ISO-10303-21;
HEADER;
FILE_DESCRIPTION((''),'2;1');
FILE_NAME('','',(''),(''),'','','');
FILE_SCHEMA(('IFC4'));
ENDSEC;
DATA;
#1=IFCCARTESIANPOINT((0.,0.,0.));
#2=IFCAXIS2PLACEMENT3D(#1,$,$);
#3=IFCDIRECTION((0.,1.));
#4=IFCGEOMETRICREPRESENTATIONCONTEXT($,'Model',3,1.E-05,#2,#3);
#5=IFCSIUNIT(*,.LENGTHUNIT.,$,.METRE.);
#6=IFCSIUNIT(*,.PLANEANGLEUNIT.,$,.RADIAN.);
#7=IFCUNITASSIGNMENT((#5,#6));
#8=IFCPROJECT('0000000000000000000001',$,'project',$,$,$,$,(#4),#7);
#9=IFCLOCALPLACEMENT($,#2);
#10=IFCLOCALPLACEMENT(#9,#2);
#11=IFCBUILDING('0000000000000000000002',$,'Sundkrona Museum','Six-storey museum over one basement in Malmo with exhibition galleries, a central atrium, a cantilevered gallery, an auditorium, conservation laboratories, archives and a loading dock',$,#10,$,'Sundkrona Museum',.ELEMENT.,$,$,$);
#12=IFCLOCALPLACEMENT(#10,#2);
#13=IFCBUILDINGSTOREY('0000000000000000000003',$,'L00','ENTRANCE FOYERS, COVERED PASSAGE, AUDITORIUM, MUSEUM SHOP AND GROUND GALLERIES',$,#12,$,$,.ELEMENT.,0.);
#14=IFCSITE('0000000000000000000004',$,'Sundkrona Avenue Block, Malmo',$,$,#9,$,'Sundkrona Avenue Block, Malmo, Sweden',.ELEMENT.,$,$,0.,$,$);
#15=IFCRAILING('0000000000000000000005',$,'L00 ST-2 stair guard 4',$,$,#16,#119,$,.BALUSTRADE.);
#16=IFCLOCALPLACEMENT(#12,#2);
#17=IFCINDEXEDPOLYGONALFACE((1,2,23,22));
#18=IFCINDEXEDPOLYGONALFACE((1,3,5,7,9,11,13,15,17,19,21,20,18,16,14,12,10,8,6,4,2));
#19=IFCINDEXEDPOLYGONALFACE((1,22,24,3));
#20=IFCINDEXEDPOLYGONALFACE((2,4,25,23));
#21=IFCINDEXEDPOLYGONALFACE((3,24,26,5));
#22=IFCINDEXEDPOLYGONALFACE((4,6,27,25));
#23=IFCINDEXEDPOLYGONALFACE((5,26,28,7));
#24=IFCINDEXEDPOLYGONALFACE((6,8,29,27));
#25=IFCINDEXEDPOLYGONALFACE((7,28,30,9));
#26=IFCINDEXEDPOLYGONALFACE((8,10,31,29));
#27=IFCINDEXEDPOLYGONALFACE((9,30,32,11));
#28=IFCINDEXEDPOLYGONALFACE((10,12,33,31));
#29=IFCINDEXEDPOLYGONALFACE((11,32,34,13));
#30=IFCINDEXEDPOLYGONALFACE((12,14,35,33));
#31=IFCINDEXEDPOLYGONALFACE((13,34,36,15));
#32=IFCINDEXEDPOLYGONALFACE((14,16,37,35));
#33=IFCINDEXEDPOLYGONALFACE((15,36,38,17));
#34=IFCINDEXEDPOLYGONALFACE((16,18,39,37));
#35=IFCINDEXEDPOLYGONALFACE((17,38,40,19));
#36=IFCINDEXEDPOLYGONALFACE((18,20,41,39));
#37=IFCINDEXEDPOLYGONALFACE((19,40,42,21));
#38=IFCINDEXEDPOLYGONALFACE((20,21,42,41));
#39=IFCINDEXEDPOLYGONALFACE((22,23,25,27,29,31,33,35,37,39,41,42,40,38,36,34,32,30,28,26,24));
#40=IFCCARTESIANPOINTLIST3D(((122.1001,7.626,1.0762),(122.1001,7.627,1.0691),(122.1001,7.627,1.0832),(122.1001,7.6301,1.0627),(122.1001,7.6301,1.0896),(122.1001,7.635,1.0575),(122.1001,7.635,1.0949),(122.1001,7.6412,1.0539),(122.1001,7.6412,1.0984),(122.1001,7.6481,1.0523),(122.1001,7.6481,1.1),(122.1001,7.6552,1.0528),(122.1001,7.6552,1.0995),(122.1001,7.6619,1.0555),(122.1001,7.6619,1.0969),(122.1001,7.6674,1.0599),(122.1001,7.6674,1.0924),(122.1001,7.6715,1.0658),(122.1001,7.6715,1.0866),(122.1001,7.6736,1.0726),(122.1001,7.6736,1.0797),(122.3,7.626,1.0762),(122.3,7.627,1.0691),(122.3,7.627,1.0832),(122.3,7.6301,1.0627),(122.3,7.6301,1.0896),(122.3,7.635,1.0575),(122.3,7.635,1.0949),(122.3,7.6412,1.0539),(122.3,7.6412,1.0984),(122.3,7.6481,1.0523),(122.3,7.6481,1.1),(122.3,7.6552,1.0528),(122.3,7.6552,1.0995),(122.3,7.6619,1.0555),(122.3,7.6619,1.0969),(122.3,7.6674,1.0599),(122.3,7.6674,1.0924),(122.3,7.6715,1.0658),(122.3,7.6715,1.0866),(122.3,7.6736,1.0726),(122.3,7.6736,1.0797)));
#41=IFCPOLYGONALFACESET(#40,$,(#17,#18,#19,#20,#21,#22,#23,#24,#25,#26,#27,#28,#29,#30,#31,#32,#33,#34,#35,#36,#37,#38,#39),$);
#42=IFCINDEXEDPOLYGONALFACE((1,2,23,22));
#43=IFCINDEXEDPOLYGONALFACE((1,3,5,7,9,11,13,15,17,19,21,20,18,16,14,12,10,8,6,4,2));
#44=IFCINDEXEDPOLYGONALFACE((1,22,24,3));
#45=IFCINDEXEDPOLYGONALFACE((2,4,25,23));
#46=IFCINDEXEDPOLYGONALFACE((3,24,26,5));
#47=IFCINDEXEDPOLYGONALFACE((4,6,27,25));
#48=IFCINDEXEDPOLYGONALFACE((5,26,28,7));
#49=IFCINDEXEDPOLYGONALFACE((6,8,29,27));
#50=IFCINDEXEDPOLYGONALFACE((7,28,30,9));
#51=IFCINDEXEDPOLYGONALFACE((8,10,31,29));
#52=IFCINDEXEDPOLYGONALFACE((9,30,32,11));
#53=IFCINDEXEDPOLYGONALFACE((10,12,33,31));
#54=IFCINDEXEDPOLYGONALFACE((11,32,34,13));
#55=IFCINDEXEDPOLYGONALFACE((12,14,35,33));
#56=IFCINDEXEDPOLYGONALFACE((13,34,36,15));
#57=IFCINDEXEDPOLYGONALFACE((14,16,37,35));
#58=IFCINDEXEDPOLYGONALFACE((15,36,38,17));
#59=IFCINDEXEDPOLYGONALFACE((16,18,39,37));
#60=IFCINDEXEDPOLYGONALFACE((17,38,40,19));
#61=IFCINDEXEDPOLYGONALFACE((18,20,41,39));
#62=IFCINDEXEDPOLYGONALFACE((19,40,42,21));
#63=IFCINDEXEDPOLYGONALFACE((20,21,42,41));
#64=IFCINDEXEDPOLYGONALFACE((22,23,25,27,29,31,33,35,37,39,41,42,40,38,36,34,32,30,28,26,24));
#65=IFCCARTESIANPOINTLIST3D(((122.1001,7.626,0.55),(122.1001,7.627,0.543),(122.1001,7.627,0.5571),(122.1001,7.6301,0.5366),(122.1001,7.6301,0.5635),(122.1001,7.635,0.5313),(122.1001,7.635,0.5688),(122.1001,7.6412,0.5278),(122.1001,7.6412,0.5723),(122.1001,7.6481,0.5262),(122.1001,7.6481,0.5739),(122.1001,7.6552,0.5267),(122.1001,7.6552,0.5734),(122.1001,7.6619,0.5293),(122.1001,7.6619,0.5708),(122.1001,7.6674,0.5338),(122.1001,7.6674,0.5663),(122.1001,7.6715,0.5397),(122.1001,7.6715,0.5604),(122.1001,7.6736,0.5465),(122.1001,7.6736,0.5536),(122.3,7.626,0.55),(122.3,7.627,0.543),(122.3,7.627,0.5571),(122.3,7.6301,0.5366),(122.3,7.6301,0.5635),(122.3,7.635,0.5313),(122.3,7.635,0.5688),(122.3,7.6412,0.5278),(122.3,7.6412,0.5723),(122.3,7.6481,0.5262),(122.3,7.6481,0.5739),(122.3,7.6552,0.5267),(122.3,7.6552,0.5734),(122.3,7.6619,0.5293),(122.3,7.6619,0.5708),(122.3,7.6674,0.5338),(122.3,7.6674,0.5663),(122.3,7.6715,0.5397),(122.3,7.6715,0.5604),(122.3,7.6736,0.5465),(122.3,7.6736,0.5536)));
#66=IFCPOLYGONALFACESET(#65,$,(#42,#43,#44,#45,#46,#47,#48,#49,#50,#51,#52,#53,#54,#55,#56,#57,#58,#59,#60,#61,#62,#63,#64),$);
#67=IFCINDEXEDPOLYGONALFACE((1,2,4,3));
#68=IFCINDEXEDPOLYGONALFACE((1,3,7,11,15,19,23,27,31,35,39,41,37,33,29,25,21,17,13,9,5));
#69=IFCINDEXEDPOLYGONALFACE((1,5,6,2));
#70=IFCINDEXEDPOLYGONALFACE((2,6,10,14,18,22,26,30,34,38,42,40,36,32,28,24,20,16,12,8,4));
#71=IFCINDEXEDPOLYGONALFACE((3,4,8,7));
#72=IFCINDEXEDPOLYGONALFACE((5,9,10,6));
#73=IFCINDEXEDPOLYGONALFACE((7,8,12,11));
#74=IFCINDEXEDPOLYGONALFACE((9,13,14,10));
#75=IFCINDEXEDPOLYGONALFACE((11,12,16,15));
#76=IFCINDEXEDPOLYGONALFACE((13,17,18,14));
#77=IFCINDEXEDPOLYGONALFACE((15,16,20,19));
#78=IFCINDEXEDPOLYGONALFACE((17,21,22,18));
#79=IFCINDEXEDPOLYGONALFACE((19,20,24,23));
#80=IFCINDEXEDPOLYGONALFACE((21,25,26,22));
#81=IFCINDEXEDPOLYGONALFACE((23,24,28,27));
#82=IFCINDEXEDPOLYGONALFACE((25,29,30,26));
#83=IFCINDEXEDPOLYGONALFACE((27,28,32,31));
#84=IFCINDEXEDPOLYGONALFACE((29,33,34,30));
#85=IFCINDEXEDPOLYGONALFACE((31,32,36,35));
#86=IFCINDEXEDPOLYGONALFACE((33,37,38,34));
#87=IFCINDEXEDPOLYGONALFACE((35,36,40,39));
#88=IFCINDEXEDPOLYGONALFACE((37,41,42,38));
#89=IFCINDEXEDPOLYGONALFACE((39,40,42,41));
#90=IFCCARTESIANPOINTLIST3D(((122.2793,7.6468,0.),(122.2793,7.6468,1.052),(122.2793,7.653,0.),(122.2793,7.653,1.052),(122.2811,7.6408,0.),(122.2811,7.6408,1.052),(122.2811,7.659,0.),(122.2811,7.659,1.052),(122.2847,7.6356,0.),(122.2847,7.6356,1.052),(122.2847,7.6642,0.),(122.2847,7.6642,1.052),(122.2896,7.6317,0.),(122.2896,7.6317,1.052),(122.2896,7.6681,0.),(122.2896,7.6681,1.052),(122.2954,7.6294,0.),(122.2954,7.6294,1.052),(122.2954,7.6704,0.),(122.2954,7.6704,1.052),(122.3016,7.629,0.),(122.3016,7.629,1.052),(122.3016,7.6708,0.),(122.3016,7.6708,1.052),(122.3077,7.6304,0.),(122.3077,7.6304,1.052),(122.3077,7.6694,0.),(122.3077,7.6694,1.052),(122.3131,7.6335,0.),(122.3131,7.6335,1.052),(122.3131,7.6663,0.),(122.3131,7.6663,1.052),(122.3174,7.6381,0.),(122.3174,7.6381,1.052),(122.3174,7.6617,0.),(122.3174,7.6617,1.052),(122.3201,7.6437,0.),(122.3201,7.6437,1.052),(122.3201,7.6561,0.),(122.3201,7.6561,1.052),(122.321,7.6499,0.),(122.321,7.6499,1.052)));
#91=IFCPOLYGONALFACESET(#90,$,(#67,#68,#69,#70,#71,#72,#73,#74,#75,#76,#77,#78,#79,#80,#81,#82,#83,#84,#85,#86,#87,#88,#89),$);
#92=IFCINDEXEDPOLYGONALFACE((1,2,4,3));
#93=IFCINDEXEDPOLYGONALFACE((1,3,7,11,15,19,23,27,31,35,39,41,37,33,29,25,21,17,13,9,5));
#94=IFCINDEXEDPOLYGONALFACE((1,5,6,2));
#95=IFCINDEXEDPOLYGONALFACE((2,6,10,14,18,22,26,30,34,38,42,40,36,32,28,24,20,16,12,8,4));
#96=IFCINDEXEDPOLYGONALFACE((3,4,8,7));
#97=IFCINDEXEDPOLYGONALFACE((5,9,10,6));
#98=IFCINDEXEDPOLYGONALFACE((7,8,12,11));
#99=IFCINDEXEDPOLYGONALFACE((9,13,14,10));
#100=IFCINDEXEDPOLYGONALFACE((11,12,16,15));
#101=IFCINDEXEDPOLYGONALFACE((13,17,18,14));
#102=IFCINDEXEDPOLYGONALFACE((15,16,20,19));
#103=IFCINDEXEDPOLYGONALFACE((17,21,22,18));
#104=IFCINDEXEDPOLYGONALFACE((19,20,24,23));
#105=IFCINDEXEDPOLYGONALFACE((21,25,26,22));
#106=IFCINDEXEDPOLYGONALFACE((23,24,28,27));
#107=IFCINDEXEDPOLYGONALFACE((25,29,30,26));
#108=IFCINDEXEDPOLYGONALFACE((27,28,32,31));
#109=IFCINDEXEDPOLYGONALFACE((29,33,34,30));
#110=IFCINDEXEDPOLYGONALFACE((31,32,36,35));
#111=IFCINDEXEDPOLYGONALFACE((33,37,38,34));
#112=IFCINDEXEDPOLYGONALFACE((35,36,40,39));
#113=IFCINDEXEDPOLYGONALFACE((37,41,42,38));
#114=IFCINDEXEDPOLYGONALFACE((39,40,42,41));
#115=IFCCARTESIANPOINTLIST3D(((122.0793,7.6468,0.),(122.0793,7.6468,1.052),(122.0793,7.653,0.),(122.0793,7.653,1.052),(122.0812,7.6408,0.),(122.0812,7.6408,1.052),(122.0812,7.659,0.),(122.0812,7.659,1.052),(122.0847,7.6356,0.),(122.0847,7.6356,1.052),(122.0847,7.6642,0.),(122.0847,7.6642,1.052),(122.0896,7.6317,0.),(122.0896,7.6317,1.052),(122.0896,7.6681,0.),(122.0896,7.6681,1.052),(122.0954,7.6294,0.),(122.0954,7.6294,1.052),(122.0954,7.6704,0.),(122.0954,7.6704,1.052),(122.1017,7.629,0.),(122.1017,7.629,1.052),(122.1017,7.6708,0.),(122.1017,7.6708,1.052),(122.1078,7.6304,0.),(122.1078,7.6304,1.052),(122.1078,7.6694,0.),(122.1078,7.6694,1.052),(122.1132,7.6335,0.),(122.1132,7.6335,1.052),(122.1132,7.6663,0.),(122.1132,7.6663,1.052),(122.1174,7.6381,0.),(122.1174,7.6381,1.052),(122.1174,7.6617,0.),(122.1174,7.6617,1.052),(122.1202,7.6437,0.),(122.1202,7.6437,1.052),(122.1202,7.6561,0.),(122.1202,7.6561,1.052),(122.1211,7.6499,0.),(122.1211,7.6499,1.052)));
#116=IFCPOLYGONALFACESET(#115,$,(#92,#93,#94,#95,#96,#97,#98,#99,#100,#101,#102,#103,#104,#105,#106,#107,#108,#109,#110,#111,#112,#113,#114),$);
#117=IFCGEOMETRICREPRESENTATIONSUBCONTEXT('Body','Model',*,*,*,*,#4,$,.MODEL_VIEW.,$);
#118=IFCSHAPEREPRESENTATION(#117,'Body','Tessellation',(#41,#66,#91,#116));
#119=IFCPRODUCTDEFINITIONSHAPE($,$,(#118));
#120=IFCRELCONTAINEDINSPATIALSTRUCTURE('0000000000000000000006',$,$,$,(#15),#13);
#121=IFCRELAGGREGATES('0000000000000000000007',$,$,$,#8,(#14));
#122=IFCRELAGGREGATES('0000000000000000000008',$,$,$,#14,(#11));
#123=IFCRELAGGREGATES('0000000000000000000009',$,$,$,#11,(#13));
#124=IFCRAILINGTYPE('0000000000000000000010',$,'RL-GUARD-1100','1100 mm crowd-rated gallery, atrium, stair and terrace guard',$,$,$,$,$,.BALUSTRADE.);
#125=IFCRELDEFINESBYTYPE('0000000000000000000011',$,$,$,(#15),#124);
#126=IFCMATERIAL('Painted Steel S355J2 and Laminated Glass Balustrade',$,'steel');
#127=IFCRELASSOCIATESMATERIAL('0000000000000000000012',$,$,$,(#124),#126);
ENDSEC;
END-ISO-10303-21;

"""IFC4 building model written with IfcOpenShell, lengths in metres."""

from ifc_helpers import new_model, si_unit, direction, frame, origin, origin_2d, place, context, subcontext, project, spatial, circle, extrude, material, type_object, element, save


model = new_model("IFC4")

# Units and contexts
model_context = context("Model", 3, precision=1e-05, world=origin(), true_north=direction((0.0, 1.0)))
body_context = subcontext(model_context, "Body", "Model", "MODEL_VIEW")
ifc_project = project(units=[si_unit("LENGTHUNIT", "METRE"), si_unit("PLANEANGLEUNIT", "RADIAN")], contexts=[model_context])

# Site, building, storey
site_placement = place(None, origin())
site = spatial("IfcSite", under=ifc_project, at=site_placement, Name="Sundkrona Avenue Block, Malmo", LongName="Sundkrona Avenue Block, Malmo, Sweden", CompositionType="ELEMENT", RefElevation=0.0)
building_placement = place(site_placement, origin())
building = spatial("IfcBuilding", under=site, at=building_placement, Name="Sundkrona Museum", Description="Six-storey museum over one basement in Malmo with exhibition galleries, a central atrium, a cantilevered gallery, an auditorium, conservation laboratories, archives and a loading dock", LongName="Sundkrona Museum", CompositionType="ELEMENT")
storey_placement = place(building_placement, origin())
storey = spatial("IfcBuildingStorey", under=building, at=storey_placement, Name="L00", Description="ENTRANCE FOYERS, COVERED PASSAGE, AUDITORIUM, MUSEUM SHOP AND GROUND GALLERIES", CompositionType="ELEMENT", Elevation=0.0)

# Railing
ifc_material_1 = material(Name="Painted Steel S355J2 and Laminated Glass Balustrade", Category="steel")
railing_type_1 = type_object("IfcRailingType", Name="RL-GUARD-1100", Description="1100 mm crowd-rated gallery, atrium, stair and terrace guard", PredefinedType="BALUSTRADE", material=ifc_material_1)
railing_1_placement = place(storey_placement, frame((122.3, 7.6499, 0.0)))
element("IfcRailing", 1, at=railing_1_placement, inside=storey, type_object=railing_type_1, Name="L00 ST-2 stair guard 4", PredefinedType="BALUSTRADE", context=body_context, shape_type="SweptSolid", body=[
    extrude(circle(Radius=0.0239, at=origin_2d()), frame((0.0, 0.0, 1.0762), z_axis=(-1.0, 0.0, 0.0), x_axis=(0.0, -1.0, 0.0)), (0.0, 0.0, 1.0), 0.2),
    extrude(circle(Radius=0.0239, at=origin_2d()), frame((0.0, 0.0, 0.55), z_axis=(-1.0, 0.0, 0.0), x_axis=(0.0, -1.0, 0.0)), (0.0, 0.0, 1.0), 0.2),
    extrude(circle(Radius=0.021, at=origin_2d()), origin(), (0.0, 0.0, 1.0), 1.052),
    extrude(circle(Radius=0.021, at=origin_2d()), frame((-0.2, 0.0, 0.0)), (0.0, 0.0, 1.0), 1.052),
])

save(model, "model.ifc")
